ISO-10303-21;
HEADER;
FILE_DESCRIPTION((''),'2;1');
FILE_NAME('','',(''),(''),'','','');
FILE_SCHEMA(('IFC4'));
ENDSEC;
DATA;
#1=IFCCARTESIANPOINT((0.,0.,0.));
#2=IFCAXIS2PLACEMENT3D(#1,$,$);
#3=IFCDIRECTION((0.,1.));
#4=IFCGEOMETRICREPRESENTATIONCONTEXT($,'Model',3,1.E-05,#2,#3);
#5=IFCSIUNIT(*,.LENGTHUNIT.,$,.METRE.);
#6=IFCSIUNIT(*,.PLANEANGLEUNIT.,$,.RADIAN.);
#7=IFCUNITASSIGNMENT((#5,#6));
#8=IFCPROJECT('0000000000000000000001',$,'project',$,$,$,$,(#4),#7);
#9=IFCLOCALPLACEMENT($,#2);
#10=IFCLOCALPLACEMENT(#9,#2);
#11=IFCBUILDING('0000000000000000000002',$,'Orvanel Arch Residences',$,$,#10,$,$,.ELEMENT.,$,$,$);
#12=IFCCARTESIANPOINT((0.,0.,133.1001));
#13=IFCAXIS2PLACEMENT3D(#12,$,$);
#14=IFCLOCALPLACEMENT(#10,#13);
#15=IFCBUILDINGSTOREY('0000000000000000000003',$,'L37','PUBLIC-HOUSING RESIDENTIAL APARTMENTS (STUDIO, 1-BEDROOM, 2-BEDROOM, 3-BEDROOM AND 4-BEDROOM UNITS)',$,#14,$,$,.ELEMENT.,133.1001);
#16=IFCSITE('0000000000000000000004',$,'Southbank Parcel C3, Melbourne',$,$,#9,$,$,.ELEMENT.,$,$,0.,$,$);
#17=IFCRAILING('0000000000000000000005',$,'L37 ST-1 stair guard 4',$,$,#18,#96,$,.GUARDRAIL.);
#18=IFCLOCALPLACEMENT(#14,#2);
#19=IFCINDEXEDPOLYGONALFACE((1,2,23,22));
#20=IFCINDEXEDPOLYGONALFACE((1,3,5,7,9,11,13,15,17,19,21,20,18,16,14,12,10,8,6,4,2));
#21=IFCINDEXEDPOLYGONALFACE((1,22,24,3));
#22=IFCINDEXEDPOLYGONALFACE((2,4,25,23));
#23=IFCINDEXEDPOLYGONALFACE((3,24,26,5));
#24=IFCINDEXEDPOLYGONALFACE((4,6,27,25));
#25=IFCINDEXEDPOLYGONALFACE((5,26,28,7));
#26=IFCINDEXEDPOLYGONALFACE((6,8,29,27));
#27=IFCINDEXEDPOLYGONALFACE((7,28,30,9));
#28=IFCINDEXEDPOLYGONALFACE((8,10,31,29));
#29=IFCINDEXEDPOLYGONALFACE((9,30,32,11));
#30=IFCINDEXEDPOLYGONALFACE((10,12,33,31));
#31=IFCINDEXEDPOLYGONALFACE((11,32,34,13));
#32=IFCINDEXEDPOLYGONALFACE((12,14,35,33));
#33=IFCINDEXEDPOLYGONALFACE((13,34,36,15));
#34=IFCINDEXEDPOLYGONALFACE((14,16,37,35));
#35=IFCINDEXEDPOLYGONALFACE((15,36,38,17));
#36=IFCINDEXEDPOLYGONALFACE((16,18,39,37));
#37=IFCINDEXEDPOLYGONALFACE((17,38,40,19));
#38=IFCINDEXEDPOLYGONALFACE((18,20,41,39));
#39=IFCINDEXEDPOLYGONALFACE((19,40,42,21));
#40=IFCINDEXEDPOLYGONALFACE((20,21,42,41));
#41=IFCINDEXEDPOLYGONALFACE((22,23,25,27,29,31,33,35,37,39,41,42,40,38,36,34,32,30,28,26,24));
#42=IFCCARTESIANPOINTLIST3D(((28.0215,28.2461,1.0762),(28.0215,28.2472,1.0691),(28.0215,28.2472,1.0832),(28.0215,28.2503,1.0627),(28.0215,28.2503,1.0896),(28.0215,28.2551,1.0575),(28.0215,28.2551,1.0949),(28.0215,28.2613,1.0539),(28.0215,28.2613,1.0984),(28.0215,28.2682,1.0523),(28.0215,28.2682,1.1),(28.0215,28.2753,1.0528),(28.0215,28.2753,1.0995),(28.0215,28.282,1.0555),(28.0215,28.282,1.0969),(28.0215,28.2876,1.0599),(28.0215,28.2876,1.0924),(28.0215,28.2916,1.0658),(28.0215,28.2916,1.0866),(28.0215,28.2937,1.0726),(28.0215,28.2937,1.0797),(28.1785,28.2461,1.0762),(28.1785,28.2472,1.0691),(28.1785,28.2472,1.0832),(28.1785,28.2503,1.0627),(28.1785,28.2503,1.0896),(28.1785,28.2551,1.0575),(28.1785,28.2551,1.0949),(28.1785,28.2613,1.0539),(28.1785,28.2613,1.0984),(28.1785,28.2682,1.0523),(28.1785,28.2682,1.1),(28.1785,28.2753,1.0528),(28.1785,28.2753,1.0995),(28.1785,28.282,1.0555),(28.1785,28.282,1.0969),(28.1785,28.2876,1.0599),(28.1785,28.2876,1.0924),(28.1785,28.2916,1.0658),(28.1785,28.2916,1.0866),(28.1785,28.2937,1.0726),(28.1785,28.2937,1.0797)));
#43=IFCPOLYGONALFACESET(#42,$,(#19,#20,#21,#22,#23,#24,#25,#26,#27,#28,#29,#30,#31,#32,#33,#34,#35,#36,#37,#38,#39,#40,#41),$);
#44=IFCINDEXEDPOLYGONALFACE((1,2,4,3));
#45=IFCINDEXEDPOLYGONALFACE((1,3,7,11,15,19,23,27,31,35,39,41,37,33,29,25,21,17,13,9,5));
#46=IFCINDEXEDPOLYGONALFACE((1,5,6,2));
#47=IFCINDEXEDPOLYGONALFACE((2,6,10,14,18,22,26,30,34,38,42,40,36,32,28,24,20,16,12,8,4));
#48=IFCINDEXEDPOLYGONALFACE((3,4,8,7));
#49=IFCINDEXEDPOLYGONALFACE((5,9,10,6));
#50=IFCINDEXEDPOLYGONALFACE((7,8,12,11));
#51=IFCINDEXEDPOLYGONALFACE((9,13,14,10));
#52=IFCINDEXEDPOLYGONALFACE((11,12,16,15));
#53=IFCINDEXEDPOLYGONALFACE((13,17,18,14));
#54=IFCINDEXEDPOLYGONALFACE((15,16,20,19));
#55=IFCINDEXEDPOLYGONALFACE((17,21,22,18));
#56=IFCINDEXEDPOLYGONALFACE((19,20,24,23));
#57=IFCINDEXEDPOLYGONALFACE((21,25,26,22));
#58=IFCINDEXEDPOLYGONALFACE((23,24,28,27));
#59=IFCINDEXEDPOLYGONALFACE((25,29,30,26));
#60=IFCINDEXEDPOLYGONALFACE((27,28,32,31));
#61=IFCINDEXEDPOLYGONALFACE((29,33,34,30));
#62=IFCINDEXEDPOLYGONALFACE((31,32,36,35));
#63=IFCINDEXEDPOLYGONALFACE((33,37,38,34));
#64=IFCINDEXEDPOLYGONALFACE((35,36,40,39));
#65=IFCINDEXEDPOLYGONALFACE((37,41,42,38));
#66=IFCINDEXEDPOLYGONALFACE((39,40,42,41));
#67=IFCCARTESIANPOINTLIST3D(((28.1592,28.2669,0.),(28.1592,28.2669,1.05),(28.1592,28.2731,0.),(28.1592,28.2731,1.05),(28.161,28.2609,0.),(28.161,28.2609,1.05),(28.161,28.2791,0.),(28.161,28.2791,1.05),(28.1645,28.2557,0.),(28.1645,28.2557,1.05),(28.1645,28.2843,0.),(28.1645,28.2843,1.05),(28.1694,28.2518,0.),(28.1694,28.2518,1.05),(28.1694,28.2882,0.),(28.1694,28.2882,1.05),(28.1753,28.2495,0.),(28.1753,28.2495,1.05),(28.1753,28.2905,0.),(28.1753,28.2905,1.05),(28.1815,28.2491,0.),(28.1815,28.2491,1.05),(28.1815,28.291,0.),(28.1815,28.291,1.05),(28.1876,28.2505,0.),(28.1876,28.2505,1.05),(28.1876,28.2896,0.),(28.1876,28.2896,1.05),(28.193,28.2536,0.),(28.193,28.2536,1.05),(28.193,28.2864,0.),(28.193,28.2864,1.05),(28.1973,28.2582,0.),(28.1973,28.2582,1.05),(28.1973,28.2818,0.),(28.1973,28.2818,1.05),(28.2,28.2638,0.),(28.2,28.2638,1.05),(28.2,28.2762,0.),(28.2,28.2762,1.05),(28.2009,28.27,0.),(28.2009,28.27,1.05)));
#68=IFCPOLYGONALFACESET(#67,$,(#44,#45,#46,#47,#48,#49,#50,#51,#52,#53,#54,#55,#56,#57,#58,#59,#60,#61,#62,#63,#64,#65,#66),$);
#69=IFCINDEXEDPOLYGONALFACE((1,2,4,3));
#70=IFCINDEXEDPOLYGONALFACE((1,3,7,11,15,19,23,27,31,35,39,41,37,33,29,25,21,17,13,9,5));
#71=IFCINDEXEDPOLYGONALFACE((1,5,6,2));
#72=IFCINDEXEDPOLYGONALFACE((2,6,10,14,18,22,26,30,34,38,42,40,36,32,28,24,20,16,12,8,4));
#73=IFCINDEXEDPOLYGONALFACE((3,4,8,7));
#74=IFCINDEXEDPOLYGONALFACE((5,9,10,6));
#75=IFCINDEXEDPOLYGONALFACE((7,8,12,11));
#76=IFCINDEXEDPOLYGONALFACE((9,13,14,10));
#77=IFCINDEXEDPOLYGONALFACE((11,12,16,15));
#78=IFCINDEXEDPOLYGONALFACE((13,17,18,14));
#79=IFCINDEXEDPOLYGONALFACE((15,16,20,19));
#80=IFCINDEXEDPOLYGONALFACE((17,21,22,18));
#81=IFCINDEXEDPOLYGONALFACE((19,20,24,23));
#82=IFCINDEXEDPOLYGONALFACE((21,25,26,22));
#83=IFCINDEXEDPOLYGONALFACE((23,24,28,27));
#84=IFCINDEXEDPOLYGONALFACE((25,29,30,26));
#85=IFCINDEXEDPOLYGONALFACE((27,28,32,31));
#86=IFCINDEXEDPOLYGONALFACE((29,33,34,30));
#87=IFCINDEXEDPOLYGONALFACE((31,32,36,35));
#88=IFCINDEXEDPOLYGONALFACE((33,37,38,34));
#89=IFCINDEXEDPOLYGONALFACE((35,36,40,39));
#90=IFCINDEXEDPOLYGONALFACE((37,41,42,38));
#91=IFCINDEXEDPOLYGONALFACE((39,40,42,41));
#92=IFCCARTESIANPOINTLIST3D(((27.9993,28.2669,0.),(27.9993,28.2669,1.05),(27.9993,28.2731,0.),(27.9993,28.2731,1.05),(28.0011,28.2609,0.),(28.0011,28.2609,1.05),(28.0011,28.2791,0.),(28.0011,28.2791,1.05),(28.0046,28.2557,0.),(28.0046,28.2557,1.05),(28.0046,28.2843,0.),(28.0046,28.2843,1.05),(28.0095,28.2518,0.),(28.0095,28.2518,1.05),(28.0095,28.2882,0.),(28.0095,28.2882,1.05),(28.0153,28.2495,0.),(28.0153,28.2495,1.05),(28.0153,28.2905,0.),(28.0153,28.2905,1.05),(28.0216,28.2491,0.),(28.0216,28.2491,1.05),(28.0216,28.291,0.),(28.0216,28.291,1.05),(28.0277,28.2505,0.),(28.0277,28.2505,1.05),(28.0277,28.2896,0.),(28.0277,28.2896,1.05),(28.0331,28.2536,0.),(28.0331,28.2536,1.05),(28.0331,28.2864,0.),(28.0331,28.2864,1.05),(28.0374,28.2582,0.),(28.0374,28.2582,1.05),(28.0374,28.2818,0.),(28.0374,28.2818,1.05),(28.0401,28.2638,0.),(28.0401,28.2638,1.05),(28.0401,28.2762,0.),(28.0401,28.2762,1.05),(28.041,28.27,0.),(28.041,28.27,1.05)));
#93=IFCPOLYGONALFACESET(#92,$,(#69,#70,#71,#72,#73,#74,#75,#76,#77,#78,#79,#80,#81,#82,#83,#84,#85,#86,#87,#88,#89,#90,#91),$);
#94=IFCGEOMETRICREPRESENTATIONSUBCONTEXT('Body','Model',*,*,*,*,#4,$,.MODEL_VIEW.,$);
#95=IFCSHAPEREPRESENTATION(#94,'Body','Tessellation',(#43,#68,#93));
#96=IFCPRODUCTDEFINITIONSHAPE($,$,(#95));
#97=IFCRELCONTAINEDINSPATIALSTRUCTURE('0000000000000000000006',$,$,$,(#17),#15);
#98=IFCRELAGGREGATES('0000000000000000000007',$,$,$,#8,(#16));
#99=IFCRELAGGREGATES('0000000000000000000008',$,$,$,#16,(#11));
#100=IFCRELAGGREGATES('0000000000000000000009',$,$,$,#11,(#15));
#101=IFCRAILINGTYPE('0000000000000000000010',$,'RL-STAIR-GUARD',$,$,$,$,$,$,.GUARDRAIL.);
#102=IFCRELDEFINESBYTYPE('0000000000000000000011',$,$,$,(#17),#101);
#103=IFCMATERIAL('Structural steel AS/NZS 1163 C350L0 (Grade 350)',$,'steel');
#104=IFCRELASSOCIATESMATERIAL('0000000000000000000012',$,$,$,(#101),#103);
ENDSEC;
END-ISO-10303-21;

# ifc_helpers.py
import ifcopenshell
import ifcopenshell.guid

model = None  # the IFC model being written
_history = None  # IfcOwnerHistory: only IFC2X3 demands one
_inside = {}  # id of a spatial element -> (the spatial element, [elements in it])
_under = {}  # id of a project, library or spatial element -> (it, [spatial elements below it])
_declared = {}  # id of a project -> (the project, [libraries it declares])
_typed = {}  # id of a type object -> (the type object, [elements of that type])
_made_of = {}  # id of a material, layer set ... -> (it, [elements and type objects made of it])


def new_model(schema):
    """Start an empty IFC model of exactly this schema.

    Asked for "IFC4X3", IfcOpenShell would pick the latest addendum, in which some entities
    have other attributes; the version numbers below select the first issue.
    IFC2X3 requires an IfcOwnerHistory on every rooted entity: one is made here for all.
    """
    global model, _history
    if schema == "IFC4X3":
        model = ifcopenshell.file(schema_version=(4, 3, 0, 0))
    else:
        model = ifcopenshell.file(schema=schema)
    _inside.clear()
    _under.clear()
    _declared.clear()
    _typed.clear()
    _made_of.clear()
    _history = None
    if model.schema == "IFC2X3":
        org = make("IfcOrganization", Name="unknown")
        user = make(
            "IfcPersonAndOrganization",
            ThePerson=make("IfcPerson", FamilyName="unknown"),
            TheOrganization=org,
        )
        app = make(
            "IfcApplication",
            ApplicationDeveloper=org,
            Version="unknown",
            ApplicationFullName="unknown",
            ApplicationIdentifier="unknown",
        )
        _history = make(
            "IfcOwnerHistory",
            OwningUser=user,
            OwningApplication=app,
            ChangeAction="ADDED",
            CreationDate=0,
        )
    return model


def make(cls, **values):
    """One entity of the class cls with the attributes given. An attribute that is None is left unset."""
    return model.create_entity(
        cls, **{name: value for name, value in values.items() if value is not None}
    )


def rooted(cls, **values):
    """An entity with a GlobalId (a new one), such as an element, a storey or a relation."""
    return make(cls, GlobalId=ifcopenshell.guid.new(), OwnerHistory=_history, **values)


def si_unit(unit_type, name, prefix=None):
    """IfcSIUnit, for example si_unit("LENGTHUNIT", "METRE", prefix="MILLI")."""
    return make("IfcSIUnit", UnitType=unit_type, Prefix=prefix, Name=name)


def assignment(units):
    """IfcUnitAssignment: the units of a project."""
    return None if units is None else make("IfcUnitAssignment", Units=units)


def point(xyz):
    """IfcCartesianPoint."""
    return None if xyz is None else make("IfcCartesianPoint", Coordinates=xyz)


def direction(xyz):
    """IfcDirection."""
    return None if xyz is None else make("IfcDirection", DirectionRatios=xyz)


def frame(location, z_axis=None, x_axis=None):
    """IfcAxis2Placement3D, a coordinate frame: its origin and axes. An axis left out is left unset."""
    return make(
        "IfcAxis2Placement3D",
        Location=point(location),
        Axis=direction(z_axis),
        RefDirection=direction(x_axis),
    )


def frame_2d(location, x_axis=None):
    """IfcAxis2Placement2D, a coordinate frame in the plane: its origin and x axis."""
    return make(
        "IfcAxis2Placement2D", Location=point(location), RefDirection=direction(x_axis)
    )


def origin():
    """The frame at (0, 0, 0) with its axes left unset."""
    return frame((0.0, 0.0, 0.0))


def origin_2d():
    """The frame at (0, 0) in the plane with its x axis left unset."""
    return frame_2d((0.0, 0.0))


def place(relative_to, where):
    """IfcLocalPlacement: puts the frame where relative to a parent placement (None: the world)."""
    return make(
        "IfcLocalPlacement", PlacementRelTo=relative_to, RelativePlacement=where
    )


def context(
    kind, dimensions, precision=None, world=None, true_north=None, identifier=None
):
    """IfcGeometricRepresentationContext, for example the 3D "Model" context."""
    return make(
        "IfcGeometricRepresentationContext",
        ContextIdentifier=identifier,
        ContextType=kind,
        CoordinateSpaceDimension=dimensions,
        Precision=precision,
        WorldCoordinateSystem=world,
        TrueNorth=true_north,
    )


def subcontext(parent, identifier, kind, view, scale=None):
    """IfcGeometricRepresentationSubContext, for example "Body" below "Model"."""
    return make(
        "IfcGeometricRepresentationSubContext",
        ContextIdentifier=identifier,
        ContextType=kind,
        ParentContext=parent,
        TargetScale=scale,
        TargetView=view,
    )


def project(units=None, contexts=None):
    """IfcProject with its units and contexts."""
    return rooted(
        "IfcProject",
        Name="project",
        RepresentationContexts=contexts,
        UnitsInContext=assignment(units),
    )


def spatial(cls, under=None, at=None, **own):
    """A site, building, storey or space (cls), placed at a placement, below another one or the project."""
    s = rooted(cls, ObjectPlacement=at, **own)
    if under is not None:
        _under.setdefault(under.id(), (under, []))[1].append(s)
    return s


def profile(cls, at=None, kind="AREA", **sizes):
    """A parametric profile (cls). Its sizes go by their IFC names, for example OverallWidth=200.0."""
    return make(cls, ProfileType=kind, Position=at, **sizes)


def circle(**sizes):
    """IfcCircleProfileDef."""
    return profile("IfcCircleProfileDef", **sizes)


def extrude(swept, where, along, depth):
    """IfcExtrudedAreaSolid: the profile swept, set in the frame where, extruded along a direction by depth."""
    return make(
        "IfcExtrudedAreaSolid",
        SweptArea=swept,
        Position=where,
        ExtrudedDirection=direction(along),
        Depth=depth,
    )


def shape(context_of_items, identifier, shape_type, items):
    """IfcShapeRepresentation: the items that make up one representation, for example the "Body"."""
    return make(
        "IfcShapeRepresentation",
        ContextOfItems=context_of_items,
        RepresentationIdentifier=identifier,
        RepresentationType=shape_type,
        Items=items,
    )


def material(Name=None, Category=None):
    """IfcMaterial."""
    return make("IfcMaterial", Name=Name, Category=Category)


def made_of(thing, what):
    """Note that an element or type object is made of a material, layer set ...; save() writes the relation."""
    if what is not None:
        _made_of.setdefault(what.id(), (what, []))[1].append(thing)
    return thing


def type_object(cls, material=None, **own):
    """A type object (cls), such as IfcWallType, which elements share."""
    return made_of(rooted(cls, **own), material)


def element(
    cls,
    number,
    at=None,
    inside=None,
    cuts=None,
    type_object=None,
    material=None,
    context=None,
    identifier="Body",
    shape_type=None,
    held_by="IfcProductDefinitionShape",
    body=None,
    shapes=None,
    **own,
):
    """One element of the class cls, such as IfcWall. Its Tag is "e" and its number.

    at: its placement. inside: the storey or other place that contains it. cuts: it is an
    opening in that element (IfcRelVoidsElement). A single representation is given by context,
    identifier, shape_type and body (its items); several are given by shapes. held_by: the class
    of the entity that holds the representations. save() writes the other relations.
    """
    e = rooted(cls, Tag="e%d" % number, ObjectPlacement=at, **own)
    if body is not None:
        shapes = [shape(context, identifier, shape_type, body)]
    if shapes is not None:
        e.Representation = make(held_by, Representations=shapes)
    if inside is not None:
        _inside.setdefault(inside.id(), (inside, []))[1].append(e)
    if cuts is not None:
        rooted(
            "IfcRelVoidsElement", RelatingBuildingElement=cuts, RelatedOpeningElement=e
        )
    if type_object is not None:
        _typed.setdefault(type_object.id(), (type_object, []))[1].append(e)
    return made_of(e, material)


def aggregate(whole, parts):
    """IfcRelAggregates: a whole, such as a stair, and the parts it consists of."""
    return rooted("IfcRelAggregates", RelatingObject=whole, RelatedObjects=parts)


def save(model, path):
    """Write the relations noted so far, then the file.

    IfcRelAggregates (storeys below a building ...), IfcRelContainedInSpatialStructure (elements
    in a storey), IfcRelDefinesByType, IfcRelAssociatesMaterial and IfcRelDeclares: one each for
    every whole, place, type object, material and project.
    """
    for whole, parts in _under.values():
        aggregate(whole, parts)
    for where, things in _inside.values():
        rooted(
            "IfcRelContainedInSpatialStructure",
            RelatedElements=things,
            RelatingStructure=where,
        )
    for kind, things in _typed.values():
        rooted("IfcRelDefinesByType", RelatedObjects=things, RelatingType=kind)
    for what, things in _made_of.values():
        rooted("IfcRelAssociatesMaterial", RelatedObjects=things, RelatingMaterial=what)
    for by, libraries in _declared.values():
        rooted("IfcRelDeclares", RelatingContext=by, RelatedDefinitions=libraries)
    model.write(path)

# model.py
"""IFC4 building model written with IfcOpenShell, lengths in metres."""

from ifc_helpers import new_model, si_unit, direction, frame, origin, origin_2d, place, context, subcontext, project, spatial, circle, extrude, material, type_object, element, save


model = new_model("IFC4")

# Units and contexts
model_context = context("Model", 3, precision=1e-05, world=origin(), true_north=direction((0.0, 1.0)))
body_context = subcontext(model_context, "Body", "Model", "MODEL_VIEW")
ifc_project = project(units=[si_unit("LENGTHUNIT", "METRE"), si_unit("PLANEANGLEUNIT", "RADIAN")], contexts=[model_context])

# Site, building, storey
site_placement = place(None, origin())
site = spatial("IfcSite", under=ifc_project, at=site_placement, Name="Southbank Parcel C3, Melbourne", CompositionType="ELEMENT", RefElevation=0.0)
building_placement = place(site_placement, origin())
building = spatial("IfcBuilding", under=site, at=building_placement, Name="Orvanel Arch Residences", CompositionType="ELEMENT")
storey_placement = place(building_placement, frame((0.0, 0.0, 133.1001)))
storey = spatial("IfcBuildingStorey", under=building, at=storey_placement, Name="L37", Description="PUBLIC-HOUSING RESIDENTIAL APARTMENTS (STUDIO, 1-BEDROOM, 2-BEDROOM, 3-BEDROOM AND 4-BEDROOM UNITS)", CompositionType="ELEMENT", Elevation=133.1001)

# Railing
ifc_material_1 = material(Name="Structural steel AS/NZS 1163 C350L0 (Grade 350)", Category="steel")
railing_type_1 = type_object("IfcRailingType", Name="RL-STAIR-GUARD", PredefinedType="GUARDRAIL", material=ifc_material_1)
railing_1_placement = place(storey_placement, frame((28.1799, 28.27, 0.0)))
element("IfcRailing", 1, at=railing_1_placement, inside=storey, type_object=railing_type_1, Name="L37 ST-1 stair guard 4", PredefinedType="GUARDRAIL", context=body_context, shape_type="SweptSolid", body=[
    extrude(circle(Radius=0.0239, at=origin_2d()), frame((-0.0015, 0.0, 1.0762), z_axis=(-1.0, 0.0, 0.0), x_axis=(0.0, -1.0, 0.0)), (0.0, 0.0, 1.0), 0.157),
    extrude(circle(Radius=0.021, at=origin_2d()), origin(), (0.0, 0.0, 1.0), 1.05),
    extrude(circle(Radius=0.021, at=origin_2d()), frame((-0.1599, 0.0, 0.0)), (0.0, 0.0, 1.0), 1.05),
])

save(model, "model.ifc")
